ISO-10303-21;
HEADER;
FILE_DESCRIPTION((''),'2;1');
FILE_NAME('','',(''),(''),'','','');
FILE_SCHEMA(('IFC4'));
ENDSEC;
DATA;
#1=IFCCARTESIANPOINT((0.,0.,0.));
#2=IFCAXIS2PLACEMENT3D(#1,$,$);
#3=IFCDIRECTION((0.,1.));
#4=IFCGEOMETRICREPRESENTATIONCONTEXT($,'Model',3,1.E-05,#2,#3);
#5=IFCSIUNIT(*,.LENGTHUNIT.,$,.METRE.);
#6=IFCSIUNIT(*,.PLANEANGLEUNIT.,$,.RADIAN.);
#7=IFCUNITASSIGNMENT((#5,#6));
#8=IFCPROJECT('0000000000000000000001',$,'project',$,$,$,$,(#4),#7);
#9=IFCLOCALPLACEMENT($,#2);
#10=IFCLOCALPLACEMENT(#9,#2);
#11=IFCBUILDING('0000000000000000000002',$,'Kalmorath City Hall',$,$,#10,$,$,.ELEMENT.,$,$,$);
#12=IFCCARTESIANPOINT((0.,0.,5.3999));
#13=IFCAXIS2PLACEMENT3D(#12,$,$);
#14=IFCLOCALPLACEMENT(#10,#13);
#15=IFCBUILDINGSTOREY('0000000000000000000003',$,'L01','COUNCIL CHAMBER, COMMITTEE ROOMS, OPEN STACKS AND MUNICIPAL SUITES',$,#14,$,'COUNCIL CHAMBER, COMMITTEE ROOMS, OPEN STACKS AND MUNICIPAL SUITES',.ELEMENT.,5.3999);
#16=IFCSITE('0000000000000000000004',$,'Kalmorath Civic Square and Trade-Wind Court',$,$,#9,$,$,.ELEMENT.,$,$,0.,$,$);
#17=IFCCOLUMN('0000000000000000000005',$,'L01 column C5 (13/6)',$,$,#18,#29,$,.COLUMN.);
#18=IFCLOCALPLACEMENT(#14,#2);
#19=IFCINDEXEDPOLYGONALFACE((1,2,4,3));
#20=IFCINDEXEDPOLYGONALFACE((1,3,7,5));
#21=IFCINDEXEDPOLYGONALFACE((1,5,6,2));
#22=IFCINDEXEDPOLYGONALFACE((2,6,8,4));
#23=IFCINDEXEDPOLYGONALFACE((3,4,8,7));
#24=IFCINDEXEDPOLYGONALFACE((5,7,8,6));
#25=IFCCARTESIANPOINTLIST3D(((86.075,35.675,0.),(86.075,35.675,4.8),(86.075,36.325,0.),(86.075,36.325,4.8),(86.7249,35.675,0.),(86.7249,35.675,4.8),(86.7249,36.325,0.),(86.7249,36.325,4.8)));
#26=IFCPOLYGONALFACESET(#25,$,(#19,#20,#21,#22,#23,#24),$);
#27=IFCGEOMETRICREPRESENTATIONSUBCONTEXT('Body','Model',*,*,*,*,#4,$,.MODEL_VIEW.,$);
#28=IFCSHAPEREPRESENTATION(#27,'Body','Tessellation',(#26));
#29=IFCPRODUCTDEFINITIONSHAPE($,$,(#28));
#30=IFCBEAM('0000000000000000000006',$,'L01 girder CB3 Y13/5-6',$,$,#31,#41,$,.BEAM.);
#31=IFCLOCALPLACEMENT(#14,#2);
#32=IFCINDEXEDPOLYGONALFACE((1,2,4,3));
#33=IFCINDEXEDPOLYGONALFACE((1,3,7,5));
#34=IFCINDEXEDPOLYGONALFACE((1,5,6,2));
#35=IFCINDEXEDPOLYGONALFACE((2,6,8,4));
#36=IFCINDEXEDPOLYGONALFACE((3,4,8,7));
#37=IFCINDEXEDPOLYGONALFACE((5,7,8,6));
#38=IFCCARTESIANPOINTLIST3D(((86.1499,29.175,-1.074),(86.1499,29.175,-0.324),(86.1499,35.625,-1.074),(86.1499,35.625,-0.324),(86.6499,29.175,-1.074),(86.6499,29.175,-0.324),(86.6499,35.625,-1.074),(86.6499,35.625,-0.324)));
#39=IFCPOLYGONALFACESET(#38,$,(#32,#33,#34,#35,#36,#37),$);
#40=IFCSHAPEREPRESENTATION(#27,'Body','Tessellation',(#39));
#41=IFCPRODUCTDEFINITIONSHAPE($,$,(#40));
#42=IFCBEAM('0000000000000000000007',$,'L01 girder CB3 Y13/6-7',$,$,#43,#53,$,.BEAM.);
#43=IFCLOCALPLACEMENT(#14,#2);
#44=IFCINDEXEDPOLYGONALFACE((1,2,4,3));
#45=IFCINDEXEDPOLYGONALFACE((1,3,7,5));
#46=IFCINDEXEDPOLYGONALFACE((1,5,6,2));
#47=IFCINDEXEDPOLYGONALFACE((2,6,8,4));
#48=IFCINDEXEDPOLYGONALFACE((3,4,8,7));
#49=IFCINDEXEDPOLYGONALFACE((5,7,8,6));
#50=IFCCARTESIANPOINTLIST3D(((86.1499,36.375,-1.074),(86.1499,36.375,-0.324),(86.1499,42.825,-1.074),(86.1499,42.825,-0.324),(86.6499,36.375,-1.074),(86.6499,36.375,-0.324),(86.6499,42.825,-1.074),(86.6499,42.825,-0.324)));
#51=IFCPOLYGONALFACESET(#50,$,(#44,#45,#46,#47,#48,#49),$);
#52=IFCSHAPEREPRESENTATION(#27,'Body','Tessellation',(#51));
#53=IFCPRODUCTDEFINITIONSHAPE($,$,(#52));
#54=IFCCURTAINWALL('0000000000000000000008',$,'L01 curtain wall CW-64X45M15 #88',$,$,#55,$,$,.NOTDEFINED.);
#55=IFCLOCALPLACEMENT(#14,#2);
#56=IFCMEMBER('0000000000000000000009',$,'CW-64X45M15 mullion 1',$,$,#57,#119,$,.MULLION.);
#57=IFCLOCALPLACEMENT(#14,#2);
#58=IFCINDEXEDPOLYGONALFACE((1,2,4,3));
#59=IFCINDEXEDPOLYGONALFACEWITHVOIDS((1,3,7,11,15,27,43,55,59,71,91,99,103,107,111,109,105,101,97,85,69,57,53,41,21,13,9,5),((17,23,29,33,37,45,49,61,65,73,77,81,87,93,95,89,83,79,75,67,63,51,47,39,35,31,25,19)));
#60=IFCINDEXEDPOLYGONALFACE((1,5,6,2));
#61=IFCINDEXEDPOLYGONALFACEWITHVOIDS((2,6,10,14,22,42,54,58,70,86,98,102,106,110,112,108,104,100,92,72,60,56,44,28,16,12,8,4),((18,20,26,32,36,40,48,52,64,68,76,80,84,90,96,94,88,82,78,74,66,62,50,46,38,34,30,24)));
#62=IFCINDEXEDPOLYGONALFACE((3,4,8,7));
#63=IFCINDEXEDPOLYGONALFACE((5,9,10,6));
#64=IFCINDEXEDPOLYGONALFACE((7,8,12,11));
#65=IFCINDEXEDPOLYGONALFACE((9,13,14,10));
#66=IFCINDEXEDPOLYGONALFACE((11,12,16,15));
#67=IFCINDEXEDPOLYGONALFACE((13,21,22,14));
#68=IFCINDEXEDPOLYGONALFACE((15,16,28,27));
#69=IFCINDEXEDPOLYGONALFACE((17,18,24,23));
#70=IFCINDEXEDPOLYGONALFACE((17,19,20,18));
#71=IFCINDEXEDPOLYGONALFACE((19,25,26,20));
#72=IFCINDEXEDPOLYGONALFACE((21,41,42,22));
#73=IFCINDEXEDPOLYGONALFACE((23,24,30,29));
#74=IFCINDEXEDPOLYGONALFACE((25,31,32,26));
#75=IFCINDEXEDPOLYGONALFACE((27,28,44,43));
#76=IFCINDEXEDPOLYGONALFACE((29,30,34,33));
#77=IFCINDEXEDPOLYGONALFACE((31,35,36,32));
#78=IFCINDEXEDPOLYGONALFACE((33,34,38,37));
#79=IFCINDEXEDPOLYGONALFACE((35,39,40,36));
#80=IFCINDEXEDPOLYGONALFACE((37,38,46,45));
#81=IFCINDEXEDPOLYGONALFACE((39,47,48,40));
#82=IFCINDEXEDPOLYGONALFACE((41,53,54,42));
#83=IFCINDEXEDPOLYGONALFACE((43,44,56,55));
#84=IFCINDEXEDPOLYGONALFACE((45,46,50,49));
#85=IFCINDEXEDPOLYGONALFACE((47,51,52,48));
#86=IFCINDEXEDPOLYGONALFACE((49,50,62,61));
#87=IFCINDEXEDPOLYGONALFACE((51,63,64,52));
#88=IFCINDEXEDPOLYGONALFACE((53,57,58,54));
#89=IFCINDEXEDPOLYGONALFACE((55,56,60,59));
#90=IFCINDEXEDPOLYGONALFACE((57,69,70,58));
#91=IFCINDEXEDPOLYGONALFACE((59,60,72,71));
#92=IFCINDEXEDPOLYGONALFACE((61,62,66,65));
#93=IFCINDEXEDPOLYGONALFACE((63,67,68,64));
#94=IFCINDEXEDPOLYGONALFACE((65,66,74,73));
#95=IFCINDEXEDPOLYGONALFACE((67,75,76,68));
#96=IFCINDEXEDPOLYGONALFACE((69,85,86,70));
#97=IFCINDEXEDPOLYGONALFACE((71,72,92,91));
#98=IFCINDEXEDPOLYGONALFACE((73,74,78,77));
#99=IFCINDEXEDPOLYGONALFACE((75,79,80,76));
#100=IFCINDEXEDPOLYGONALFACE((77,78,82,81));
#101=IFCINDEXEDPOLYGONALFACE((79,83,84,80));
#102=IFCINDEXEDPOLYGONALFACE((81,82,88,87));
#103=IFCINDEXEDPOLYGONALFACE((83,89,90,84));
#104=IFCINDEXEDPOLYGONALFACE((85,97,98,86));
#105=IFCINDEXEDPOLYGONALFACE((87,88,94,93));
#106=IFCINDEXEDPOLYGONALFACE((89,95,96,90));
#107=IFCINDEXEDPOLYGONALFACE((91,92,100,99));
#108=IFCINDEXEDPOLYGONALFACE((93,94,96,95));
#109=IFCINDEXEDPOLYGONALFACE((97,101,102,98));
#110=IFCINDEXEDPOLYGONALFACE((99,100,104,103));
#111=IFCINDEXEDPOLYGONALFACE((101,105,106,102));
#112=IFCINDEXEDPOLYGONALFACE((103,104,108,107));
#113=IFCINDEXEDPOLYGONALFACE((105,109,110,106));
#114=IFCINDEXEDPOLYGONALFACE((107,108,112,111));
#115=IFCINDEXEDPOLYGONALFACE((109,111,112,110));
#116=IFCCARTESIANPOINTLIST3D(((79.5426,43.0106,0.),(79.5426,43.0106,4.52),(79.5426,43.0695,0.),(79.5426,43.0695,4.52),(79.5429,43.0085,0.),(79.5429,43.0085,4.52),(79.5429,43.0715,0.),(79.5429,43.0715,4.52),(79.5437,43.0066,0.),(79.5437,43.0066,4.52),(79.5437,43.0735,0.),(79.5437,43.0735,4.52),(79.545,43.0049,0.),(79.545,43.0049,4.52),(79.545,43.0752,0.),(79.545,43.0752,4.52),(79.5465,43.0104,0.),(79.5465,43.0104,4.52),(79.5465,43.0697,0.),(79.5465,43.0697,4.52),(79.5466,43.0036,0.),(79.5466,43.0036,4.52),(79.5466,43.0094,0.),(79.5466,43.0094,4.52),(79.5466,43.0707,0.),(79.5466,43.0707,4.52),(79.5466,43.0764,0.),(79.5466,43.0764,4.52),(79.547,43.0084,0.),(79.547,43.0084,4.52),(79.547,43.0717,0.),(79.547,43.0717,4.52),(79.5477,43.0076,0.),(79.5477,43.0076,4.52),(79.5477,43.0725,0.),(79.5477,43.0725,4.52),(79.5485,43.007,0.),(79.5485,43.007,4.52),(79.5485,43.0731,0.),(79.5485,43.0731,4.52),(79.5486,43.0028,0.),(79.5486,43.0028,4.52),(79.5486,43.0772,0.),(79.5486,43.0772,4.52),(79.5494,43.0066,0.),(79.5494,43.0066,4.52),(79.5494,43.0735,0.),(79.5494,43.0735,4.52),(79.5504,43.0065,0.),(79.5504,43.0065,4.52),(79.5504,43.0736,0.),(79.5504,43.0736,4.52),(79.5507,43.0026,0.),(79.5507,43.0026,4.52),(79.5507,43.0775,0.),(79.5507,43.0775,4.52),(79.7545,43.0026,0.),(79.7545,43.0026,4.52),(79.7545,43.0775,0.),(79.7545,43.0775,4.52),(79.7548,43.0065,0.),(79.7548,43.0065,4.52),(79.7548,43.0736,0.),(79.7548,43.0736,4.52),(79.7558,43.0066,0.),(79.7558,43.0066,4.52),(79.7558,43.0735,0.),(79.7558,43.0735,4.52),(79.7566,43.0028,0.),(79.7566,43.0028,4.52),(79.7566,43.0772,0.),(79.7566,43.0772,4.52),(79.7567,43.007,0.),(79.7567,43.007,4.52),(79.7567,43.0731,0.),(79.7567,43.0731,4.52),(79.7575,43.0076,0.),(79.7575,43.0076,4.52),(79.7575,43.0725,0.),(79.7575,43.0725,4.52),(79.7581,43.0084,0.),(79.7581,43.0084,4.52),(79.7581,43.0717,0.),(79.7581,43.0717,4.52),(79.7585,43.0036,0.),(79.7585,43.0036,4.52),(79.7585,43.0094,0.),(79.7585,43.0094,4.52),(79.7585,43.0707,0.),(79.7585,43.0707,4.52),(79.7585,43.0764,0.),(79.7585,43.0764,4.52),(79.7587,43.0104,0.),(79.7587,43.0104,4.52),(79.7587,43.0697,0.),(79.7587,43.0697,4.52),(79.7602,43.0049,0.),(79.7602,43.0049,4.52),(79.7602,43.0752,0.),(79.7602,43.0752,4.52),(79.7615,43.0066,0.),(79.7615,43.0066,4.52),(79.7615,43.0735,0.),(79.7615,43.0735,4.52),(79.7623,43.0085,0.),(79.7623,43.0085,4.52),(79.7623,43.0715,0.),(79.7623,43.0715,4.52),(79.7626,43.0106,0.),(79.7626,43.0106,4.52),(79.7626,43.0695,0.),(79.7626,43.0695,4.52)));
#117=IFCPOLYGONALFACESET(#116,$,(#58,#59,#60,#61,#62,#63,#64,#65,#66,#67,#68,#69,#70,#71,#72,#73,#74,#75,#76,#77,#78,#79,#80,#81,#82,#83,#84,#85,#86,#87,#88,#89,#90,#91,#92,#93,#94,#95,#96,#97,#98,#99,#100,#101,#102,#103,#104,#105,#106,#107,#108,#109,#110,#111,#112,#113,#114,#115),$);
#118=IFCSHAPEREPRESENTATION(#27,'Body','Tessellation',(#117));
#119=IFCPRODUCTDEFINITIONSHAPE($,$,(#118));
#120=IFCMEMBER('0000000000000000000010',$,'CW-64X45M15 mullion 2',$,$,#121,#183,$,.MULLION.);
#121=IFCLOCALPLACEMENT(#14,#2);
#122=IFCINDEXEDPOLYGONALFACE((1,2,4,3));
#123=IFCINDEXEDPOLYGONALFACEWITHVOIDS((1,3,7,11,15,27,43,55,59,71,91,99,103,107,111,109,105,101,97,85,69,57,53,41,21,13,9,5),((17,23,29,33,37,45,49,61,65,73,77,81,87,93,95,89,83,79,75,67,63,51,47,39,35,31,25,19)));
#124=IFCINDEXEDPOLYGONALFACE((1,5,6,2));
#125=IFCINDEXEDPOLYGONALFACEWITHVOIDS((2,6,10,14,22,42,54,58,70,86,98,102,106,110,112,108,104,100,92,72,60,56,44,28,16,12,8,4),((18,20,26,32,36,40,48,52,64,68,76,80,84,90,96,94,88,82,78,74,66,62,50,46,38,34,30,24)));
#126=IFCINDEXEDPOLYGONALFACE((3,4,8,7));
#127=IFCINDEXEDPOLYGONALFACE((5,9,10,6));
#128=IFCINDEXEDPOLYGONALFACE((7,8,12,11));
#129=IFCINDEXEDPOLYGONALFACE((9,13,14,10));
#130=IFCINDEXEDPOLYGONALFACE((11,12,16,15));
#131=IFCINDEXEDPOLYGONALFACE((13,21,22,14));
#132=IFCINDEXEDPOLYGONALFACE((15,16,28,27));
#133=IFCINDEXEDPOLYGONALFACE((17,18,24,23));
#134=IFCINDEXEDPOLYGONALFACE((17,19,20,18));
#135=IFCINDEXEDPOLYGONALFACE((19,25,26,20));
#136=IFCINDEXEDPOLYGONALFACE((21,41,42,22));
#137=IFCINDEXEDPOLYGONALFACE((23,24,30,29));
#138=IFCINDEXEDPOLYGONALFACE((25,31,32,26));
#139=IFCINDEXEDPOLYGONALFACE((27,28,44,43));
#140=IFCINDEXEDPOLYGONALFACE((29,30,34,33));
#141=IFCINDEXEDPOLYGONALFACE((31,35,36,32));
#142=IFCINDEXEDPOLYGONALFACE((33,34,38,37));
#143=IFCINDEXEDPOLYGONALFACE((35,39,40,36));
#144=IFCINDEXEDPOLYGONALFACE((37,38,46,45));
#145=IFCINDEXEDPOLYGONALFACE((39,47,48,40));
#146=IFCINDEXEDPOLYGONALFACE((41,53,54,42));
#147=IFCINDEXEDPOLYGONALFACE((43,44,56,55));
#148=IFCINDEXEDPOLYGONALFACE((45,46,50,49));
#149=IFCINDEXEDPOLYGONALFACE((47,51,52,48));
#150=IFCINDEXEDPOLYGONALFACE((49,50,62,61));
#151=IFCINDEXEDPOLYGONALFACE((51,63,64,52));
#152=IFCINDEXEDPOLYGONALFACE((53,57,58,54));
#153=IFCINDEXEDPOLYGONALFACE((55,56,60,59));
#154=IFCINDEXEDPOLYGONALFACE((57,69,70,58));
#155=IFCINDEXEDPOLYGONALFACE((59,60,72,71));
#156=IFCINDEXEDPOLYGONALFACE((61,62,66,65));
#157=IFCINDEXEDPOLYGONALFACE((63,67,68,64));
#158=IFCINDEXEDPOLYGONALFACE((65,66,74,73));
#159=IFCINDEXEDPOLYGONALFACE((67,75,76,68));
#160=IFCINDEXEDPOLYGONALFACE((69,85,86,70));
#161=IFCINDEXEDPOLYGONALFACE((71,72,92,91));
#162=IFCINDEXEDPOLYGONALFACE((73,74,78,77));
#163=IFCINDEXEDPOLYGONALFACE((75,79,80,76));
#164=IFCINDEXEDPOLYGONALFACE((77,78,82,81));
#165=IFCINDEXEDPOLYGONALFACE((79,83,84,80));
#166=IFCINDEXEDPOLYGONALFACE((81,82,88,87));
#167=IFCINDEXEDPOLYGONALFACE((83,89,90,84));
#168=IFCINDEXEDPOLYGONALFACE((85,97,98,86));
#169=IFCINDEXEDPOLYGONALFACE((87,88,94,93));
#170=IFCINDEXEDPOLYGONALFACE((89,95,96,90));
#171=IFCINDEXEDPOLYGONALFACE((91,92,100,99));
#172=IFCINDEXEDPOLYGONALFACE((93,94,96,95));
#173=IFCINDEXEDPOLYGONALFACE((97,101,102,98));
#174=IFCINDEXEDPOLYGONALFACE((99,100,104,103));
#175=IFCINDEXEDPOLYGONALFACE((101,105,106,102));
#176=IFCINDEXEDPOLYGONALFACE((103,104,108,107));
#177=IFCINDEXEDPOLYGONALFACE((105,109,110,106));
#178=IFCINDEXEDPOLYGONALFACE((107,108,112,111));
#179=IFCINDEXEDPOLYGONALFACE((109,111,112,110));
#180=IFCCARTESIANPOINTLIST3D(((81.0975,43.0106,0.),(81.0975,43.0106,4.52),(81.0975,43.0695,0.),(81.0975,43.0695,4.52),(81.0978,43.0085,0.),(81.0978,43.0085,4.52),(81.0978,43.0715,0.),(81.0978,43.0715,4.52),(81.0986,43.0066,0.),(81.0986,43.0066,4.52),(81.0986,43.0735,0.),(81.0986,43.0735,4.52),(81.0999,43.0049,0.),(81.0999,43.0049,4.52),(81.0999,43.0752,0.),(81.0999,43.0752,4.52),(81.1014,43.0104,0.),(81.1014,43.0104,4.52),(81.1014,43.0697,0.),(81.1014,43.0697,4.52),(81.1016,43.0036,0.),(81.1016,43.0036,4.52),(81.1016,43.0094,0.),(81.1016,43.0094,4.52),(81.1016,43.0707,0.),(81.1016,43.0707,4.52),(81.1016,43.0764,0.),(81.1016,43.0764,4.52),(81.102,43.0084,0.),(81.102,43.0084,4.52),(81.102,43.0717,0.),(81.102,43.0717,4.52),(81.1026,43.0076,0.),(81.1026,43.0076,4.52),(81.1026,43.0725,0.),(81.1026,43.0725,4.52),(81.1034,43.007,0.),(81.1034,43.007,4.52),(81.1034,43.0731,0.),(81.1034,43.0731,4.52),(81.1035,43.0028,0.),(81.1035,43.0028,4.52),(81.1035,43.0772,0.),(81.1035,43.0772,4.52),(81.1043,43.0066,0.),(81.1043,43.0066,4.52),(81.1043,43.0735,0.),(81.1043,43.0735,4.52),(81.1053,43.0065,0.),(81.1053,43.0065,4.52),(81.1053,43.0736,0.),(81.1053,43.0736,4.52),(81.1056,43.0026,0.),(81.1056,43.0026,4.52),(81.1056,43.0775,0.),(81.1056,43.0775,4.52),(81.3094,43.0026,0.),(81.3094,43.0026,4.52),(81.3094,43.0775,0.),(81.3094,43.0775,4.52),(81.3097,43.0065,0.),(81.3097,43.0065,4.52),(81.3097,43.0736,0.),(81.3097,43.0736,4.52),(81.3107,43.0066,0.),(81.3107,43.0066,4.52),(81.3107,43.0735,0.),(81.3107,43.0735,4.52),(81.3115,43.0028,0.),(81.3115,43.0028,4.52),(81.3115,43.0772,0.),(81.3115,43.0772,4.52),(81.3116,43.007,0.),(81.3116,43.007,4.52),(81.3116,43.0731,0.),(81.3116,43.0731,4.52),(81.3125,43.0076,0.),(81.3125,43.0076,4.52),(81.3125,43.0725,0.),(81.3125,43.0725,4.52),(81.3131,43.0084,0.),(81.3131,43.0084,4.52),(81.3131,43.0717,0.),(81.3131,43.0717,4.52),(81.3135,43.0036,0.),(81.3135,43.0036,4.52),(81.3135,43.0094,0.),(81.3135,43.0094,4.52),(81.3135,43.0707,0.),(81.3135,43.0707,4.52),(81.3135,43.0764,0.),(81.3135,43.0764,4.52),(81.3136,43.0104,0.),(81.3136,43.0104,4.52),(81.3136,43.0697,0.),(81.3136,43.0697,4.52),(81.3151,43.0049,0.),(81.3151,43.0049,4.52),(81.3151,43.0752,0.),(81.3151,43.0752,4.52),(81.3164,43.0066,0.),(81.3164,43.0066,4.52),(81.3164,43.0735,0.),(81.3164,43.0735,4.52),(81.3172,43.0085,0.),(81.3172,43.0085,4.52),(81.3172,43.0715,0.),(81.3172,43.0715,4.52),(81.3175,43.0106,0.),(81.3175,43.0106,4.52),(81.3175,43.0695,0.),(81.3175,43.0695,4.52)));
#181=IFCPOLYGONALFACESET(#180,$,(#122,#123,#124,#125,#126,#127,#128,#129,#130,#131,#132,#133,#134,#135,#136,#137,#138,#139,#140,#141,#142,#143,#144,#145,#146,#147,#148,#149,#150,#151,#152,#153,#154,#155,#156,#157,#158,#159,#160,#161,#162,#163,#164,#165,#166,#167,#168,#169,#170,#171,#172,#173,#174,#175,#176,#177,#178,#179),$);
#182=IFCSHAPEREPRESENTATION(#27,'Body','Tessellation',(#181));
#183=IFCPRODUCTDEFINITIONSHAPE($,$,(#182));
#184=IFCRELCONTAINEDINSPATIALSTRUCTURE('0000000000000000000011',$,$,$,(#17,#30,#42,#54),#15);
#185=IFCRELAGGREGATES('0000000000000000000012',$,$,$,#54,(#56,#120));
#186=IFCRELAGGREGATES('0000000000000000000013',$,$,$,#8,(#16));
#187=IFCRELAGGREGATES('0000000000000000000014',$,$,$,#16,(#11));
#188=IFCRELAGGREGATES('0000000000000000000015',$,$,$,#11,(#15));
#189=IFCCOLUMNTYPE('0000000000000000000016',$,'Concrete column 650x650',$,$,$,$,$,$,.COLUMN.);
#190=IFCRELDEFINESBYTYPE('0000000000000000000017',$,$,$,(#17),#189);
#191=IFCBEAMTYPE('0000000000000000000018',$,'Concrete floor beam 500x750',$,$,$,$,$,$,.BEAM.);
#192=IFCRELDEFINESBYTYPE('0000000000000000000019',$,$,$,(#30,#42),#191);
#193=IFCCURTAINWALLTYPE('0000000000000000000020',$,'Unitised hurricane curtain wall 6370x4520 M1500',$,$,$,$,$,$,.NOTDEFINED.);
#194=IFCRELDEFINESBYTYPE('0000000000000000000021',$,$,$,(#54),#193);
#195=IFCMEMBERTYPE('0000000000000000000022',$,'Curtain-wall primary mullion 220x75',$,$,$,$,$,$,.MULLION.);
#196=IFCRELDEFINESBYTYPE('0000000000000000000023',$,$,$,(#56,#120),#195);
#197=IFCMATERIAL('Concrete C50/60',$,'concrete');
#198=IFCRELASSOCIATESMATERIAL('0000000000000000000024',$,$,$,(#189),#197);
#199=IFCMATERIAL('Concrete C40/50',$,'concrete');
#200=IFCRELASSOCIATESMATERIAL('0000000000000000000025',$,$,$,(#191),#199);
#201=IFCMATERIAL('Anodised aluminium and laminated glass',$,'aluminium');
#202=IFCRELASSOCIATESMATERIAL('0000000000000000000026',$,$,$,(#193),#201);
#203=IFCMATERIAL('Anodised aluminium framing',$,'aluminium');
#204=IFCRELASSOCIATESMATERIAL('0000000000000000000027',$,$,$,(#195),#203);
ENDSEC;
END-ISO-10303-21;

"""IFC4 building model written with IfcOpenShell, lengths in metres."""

from ifc_helpers import new_model, si_unit, direction, frame, origin, origin_2d, place, context, subcontext, project, spatial, rectangle, hollow_rectangle, extrude, material, material_profile, profile_set, type_object, element, aggregate, save


model = new_model("IFC4")

# Units and contexts
model_context = context("Model", 3, precision=1e-05, world=origin(), true_north=direction((0.0, 1.0)))
body_context = subcontext(model_context, "Body", "Model", "MODEL_VIEW")
ifc_project = project(units=[si_unit("LENGTHUNIT", "METRE"), si_unit("PLANEANGLEUNIT", "RADIAN")], contexts=[model_context])

# Site, building, storey
site_placement = place(None, origin())
site = spatial("IfcSite", under=ifc_project, at=site_placement, Name="Kalmorath Civic Square and Trade-Wind Court", CompositionType="ELEMENT", RefElevation=0.0)
building_placement = place(site_placement, origin())
building = spatial("IfcBuilding", under=site, at=building_placement, Name="Kalmorath City Hall", CompositionType="ELEMENT")
storey_placement = place(building_placement, frame((0.0, 0.0, 5.3999)))
storey = spatial("IfcBuildingStorey", under=building, at=storey_placement, Name="L01", Description="COUNCIL CHAMBER, COMMITTEE ROOMS, OPEN STACKS AND MUNICIPAL SUITES", LongName="COUNCIL CHAMBER, COMMITTEE ROOMS, OPEN STACKS AND MUNICIPAL SUITES", CompositionType="ELEMENT", Elevation=5.3999)

# Column
ifc_material_1 = material(Name="Concrete C50/60", Category="concrete")
ifc_material_profile_1 = material_profile(ifc_material_1, rectangle(XDim=0.6499, YDim=0.6499, at=origin_2d()), Name="RC-COL-650X650")
ifc_profile_set_1 = profile_set([ifc_material_profile_1], Name="Concrete C50/60")
column_type = type_object("IfcColumnType", Name="Concrete column 650x650", PredefinedType="COLUMN", material=ifc_profile_set_1)
column_placement = place(storey_placement, frame((86.3999, 36.0, 0.0), z_axis=(0.0, 0.0, 1.0), x_axis=(1.0, 0.0, 0.0)))
element("IfcColumn", 1, at=column_placement, inside=storey, type_object=column_type, Name="L01 column C5 (13/6)", PredefinedType="COLUMN", context=body_context, shape_type="SweptSolid", body=[
    extrude(rectangle(XDim=0.6499, YDim=0.6499, at=origin_2d()), origin(), (0.0, 0.0, 1.0), 4.8),
])

# Beams
ifc_material_2 = material(Name="Concrete C40/50", Category="concrete")
ifc_material_profile_2 = material_profile(ifc_material_2, rectangle(XDim=0.5, YDim=0.75, at=origin_2d()), Name="RC-BM-500X750")
ifc_profile_set_2 = profile_set([ifc_material_profile_2], Name="Concrete C40/50")
beam_type_1 = type_object("IfcBeamType", Name="Concrete floor beam 500x750", PredefinedType="BEAM", material=ifc_profile_set_2)
for number, where, z_axis, x_axis, name in (
    (2, (86.3999, 29.175, -0.699), (0.0, 1.0, 0.0), (-1.0, 0.0, 0.0), "L01 girder CB3 Y13/5-6"),
    (3, (86.3999, 36.375, -0.699), (0.0, 1.0, 0.0), (-1.0, 0.0, 0.0), "L01 girder CB3 Y13/6-7"),
):
    element("IfcBeam", number, at=place(storey_placement, frame(where, z_axis=z_axis, x_axis=x_axis)), inside=storey, type_object=beam_type_1, Name=name, PredefinedType="BEAM", context=body_context, shape_type="SweptSolid", body=[
        extrude(rectangle(XDim=0.5, YDim=0.75, at=origin_2d()), origin(), (0.0, 0.0, 1.0), 6.45),
    ])

# Curtain wall, members
ifc_material_3 = material(Name="Anodised aluminium and laminated glass", Category="aluminium")
curtain_wall_type = type_object("IfcCurtainWallType", Name="Unitised hurricane curtain wall 6370x4520 M1500", PredefinedType="NOTDEFINED", material=ifc_material_3)
curtain_wall_placement = place(storey_placement, origin())
curtain_wall = element("IfcCurtainWall", 4, at=curtain_wall_placement, inside=storey, type_object=curtain_wall_type, Name="L01 curtain wall CW-64X45M15 #88", PredefinedType="NOTDEFINED")
ifc_material_4 = material(Name="Anodised aluminium framing", Category="aluminium")
ifc_material_profile_3 = material_profile(ifc_material_4, hollow_rectangle(XDim=0.075, YDim=0.22, WallThickness=0.0039, InnerFilletRadius=0.0039, OuterFilletRadius=0.0081, at=origin_2d()), Name="ALU-MUL-220X75X4")
ifc_profile_set_3 = profile_set([ifc_material_profile_3], Name="Anodised aluminium framing")
member_type_1 = type_object("IfcMemberType", Name="Curtain-wall primary mullion 220x75", PredefinedType="MULLION", material=ifc_profile_set_3)
member_1_placement = place(storey_placement, frame((79.6526, 43.04, 0.0), z_axis=(0.0, 0.0, 1.0), x_axis=(0.0, 1.0, 0.0)))
member_1 = element("IfcMember", 5, at=member_1_placement, type_object=member_type_1, Name="CW-64X45M15 mullion 1", PredefinedType="MULLION", context=body_context, shape_type="SweptSolid", body=[
    extrude(hollow_rectangle(XDim=0.075, YDim=0.22, WallThickness=0.0039, InnerFilletRadius=0.0039, OuterFilletRadius=0.0081, at=origin_2d()), origin(), (0.0, 0.0, 1.0), 4.52),
])
member_2_placement = place(storey_placement, frame((81.2075, 43.04, 0.0), z_axis=(0.0, 0.0, 1.0), x_axis=(0.0, 1.0, 0.0)))
member_2 = element("IfcMember", 6, at=member_2_placement, type_object=member_type_1, Name="CW-64X45M15 mullion 2", PredefinedType="MULLION", context=body_context, shape_type="SweptSolid", body=[
    extrude(hollow_rectangle(XDim=0.075, YDim=0.22, WallThickness=0.0039, InnerFilletRadius=0.0039, OuterFilletRadius=0.0081, at=origin_2d()), origin(), (0.0, 0.0, 1.0), 4.52),
])

aggregate(curtain_wall, [member_1, member_2])

save(model, "model.ifc")
